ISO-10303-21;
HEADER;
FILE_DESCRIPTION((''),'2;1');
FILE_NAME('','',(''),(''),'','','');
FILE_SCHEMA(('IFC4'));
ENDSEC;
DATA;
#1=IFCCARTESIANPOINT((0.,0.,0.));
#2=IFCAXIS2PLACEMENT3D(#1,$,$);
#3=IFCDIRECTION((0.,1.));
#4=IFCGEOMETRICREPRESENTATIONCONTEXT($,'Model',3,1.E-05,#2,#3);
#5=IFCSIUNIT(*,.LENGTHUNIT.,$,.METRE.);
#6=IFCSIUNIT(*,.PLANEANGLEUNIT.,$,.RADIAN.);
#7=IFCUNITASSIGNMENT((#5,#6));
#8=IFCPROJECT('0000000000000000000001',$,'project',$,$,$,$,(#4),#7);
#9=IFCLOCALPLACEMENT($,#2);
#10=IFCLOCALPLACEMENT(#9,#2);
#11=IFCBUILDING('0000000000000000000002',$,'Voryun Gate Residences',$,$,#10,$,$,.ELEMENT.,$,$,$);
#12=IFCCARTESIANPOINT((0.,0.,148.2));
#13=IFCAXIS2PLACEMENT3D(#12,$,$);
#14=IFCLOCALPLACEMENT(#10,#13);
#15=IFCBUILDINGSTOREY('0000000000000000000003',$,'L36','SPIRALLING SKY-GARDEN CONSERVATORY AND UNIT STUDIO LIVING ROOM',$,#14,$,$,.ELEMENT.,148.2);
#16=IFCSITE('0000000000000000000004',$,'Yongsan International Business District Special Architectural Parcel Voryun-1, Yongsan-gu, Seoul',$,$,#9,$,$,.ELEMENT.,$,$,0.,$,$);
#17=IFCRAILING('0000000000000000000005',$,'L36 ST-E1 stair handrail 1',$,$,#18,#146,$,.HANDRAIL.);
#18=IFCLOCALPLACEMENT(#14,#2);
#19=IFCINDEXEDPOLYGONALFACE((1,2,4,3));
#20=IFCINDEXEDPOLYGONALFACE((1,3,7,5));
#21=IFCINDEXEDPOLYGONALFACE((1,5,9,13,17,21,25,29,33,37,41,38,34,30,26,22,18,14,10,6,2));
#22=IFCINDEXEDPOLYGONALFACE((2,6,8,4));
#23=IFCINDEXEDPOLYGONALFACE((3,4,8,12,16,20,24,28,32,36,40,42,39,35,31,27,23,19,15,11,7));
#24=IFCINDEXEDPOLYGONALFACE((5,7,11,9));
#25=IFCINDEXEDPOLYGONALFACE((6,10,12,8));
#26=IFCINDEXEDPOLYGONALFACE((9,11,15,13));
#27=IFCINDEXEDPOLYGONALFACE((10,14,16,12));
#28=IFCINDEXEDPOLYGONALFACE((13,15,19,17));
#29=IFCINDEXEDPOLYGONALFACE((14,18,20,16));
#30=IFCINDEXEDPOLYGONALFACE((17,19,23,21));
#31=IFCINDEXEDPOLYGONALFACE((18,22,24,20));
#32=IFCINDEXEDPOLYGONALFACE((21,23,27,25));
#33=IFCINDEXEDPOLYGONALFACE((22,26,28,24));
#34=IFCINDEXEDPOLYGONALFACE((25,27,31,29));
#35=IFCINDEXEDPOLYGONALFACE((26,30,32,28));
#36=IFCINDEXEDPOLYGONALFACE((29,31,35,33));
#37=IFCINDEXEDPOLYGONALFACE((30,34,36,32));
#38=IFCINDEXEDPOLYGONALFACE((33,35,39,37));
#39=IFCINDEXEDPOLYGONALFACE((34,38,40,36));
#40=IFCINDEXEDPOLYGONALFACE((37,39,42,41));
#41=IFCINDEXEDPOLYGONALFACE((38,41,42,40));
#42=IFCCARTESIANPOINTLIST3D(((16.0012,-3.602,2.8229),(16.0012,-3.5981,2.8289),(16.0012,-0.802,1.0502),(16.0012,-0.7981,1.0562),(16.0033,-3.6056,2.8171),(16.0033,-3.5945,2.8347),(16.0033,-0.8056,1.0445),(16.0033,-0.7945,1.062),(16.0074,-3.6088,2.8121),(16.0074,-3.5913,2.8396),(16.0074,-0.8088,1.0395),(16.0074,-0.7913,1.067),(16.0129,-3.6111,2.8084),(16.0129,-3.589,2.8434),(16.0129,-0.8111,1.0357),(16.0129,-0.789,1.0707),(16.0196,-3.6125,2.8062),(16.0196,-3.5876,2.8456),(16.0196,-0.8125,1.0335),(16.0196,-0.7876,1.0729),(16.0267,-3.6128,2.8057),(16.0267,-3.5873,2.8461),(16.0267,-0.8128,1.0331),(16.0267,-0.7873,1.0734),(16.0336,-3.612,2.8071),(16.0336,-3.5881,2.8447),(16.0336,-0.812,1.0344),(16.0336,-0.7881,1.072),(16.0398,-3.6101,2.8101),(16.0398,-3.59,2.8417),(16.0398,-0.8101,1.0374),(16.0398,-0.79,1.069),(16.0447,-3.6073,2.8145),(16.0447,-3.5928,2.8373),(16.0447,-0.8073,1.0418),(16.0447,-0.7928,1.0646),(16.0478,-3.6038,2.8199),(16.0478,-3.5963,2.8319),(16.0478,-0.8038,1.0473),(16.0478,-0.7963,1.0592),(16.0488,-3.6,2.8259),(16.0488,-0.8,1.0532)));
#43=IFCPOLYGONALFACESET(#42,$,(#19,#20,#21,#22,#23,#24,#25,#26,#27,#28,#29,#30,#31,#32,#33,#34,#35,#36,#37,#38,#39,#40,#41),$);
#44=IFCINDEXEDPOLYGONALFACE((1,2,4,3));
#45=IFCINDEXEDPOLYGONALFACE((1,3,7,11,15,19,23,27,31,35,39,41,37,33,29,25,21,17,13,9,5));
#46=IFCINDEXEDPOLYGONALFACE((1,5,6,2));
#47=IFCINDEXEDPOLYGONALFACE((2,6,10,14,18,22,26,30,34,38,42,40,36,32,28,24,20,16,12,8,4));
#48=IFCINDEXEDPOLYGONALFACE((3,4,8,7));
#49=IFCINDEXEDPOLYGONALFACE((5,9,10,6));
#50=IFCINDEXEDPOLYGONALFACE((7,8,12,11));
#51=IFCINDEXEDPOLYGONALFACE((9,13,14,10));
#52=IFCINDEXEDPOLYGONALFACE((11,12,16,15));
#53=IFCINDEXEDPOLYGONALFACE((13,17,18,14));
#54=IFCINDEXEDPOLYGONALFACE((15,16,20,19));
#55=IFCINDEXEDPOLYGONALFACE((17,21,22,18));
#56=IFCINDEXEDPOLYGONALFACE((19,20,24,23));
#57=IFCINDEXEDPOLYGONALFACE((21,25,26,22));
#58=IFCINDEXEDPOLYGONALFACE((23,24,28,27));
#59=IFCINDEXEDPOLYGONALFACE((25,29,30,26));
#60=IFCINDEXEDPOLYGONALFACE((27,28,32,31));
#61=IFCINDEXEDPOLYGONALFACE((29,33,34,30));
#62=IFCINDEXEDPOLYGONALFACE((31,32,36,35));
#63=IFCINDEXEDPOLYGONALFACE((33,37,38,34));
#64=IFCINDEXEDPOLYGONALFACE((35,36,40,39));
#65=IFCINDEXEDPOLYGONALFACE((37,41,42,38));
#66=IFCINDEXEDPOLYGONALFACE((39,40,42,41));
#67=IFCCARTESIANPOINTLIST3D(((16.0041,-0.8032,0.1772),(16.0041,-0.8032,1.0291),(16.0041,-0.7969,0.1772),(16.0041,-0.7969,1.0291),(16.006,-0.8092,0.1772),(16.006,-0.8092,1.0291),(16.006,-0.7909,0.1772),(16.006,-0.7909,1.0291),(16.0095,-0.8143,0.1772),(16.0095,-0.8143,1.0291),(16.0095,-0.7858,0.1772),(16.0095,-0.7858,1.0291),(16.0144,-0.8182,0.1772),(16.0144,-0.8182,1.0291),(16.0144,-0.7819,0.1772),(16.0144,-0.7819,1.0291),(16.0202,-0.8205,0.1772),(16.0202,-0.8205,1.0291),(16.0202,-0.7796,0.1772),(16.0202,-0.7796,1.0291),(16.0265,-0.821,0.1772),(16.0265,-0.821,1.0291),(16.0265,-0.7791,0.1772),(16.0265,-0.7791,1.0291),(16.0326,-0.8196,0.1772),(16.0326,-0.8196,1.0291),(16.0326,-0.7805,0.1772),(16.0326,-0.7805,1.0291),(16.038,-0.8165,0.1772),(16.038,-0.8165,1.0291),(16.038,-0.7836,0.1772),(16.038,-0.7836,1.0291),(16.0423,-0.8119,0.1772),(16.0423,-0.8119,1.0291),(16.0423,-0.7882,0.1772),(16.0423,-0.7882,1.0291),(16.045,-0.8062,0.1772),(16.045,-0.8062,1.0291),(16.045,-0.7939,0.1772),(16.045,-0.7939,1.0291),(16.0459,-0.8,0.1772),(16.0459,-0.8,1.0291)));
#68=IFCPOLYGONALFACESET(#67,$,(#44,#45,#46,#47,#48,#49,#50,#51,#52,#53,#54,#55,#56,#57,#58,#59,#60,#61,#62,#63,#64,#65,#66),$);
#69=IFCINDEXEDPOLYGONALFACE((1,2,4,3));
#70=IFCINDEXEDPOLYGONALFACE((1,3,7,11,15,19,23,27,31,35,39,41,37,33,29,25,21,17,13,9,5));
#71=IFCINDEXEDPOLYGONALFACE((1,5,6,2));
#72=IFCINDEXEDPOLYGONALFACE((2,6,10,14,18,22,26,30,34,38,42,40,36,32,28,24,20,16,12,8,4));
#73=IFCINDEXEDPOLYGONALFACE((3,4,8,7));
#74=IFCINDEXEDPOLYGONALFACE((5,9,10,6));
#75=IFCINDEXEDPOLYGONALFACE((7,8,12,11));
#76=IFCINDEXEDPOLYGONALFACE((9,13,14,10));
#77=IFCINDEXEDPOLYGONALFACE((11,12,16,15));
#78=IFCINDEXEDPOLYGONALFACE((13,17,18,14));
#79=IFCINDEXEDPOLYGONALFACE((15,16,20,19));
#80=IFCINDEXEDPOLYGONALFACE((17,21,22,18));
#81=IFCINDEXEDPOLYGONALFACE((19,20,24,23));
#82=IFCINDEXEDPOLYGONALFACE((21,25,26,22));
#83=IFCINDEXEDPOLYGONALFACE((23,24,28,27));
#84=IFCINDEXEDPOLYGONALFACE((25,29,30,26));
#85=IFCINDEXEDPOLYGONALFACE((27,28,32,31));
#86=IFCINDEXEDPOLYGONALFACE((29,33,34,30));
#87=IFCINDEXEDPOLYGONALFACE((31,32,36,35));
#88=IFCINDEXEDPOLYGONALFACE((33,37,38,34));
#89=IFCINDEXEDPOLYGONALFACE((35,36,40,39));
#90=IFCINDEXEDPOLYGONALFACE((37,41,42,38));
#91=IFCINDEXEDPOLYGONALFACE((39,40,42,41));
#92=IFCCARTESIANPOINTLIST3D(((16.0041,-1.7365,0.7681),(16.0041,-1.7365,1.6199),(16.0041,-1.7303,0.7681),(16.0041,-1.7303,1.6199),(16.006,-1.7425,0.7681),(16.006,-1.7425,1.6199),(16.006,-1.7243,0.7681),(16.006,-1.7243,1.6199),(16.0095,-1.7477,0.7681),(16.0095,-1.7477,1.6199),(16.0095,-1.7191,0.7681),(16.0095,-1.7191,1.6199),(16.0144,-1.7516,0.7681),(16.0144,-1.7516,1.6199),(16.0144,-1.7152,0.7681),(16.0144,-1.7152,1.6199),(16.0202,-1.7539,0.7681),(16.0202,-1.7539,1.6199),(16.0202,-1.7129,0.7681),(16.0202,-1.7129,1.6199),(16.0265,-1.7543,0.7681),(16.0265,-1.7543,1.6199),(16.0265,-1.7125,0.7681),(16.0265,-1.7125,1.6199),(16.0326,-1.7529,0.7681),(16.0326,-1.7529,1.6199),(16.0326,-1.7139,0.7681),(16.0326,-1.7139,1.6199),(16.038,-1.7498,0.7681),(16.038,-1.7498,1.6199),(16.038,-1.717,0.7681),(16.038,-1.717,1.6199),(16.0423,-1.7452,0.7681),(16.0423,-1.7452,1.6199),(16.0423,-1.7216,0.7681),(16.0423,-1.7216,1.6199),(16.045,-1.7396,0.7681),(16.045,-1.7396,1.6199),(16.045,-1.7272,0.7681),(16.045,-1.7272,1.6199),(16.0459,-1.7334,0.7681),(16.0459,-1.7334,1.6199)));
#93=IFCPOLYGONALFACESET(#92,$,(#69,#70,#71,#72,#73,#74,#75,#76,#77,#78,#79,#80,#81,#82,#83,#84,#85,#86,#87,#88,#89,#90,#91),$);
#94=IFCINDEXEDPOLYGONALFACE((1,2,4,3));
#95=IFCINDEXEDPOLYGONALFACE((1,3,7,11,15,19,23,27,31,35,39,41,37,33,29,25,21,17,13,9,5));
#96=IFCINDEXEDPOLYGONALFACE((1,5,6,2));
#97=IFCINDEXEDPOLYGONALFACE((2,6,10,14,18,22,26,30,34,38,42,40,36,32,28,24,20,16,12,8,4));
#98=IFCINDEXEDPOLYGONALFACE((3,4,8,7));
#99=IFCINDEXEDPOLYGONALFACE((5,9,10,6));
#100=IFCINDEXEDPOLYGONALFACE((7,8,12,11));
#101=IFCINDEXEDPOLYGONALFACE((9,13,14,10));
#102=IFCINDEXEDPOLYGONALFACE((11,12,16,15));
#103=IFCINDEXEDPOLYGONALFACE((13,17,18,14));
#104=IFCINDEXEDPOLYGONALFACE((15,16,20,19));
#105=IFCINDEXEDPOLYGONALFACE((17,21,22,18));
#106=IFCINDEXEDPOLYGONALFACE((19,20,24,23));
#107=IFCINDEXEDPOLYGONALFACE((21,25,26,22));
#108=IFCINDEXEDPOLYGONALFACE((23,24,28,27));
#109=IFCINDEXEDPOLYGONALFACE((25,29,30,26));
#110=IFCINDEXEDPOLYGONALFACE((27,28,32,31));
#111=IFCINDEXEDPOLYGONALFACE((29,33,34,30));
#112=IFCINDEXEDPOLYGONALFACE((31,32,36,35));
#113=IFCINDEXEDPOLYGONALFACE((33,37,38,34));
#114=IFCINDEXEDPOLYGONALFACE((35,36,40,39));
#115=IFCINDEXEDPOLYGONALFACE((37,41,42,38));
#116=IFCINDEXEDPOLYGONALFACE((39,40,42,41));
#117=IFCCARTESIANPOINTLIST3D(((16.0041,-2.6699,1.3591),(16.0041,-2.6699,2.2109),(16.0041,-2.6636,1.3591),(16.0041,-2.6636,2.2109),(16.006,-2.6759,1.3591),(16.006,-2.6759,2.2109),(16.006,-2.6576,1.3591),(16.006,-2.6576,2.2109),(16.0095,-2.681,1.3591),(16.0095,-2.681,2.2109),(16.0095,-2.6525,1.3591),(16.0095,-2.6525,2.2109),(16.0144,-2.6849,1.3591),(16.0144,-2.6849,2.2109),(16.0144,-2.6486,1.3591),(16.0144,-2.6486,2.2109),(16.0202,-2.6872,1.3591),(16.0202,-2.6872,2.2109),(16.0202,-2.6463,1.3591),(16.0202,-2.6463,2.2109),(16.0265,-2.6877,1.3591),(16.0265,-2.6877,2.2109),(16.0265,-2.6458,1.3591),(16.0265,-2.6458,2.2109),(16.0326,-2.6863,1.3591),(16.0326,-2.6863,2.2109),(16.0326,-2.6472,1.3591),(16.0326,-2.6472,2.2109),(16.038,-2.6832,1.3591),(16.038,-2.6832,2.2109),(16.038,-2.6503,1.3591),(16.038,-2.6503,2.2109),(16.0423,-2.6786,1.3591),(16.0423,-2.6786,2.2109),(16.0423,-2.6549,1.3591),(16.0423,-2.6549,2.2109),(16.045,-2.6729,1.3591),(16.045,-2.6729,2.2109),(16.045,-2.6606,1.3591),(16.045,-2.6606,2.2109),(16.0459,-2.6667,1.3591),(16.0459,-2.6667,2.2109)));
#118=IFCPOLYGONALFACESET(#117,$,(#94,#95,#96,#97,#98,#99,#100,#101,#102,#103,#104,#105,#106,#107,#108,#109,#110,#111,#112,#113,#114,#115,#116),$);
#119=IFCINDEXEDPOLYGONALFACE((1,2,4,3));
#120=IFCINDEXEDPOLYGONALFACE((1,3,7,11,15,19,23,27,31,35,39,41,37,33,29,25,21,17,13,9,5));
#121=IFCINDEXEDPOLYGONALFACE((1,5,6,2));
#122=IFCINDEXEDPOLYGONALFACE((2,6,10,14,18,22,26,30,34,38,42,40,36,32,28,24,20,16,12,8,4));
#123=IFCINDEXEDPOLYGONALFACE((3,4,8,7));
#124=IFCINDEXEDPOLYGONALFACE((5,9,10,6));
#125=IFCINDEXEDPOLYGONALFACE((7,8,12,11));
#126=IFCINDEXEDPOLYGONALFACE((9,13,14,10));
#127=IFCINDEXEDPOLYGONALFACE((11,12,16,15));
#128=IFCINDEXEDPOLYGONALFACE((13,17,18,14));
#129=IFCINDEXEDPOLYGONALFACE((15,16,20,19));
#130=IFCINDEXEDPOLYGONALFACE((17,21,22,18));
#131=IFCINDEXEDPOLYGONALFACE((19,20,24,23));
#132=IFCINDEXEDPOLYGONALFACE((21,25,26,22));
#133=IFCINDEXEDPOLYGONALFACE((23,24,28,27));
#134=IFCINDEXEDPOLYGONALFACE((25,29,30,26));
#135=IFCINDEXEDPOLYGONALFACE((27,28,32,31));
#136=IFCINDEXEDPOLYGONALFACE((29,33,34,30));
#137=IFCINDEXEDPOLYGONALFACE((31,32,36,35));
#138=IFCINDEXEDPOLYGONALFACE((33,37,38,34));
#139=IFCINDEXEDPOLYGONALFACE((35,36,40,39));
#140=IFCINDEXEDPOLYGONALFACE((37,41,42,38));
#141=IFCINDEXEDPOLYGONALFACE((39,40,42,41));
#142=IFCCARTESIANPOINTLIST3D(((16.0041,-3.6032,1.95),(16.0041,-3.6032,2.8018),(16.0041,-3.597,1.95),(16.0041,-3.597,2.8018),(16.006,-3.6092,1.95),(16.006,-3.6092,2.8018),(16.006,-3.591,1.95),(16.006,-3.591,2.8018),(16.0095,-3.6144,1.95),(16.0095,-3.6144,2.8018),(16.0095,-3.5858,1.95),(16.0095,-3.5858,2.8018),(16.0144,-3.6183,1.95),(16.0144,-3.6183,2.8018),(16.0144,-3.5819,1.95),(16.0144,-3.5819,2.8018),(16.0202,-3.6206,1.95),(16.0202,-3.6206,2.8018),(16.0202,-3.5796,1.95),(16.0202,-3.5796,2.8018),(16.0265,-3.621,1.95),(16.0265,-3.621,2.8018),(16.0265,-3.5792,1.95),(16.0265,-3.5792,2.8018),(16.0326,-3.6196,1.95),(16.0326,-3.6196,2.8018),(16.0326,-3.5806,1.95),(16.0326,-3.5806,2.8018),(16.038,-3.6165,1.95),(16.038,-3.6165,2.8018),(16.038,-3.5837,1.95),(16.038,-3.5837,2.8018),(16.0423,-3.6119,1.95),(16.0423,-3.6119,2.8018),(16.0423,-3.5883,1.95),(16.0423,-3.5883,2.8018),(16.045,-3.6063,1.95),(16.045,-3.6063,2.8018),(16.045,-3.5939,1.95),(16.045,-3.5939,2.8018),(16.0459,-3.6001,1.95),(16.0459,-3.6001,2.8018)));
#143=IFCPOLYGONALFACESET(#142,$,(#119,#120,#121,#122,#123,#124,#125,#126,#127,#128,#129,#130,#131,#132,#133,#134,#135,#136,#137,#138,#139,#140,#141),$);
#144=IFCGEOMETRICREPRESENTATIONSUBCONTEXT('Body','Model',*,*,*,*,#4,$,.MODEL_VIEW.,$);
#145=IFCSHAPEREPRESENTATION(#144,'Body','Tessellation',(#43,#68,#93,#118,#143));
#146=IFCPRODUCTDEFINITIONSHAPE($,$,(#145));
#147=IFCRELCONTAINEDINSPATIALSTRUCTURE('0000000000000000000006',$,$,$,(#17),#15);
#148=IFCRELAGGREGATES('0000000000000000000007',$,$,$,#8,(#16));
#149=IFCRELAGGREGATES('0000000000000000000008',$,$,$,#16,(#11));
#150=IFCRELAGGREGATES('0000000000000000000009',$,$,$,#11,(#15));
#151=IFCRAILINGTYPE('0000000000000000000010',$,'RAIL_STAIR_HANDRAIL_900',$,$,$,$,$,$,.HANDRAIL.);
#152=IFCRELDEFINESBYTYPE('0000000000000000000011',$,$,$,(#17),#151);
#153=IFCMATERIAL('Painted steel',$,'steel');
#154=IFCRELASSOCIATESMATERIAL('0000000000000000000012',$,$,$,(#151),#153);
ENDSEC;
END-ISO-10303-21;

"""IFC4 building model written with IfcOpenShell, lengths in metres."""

from ifc_helpers import new_model, si_unit, direction, frame, origin, origin_2d, place, context, subcontext, project, spatial, circle, extrude, material, type_object, element, save


model = new_model("IFC4")

# Units and contexts
model_context = context("Model", 3, precision=1e-05, world=origin(), true_north=direction((0.0, 1.0)))
body_context = subcontext(model_context, "Body", "Model", "MODEL_VIEW")
ifc_project = project(units=[si_unit("LENGTHUNIT", "METRE"), si_unit("PLANEANGLEUNIT", "RADIAN")], contexts=[model_context])

# Site, building, storey
site_placement = place(None, origin())
site = spatial("IfcSite", under=ifc_project, at=site_placement, Name="Yongsan International Business District Special Architectural Parcel Voryun-1, Yongsan-gu, Seoul", CompositionType="ELEMENT", RefElevation=0.0)
building_placement = place(site_placement, origin())
building = spatial("IfcBuilding", under=site, at=building_placement, Name="Voryun Gate Residences", CompositionType="ELEMENT")
storey_placement = place(building_placement, frame((0.0, 0.0, 148.2)))
storey = spatial("IfcBuildingStorey", under=building, at=storey_placement, Name="L36", Description="SPIRALLING SKY-GARDEN CONSERVATORY AND UNIT STUDIO LIVING ROOM", CompositionType="ELEMENT", Elevation=148.2)

# Railing
ifc_material_1 = material(Name="Painted steel", Category="steel")
railing_type_1 = type_object("IfcRailingType", Name="RAIL_STAIR_HANDRAIL_900", PredefinedType="HANDRAIL", material=ifc_material_1)
railing_1_placement = place(storey_placement, frame((16.0249, -0.8, 0.1772)))
element("IfcRailing", 1, at=railing_1_placement, inside=storey, type_object=railing_type_1, Name="L36 ST-E1 stair handrail 1", PredefinedType="HANDRAIL", context=body_context, shape_type="SweptSolid", body=[
    extrude(circle(Radius=0.0239, at=origin_2d()), frame((0.0, 0.0, 0.876), z_axis=(0.0, -0.844909, 0.53491), x_axis=(1.0, 0.0, 0.0)), (0.0, 0.0, 1.0), 3.314),
    extrude(circle(Radius=0.021, at=origin_2d()), origin(), (0.0, 0.0, 1.0), 0.8518),
    extrude(circle(Radius=0.021, at=origin_2d()), frame((0.0, -0.9333, 0.5908)), (0.0, 0.0, 1.0), 0.8518),
    extrude(circle(Radius=0.021, at=origin_2d()), frame((0.0, -1.8667, 1.1819)), (0.0, 0.0, 1.0), 0.8518),
    extrude(circle(Radius=0.021, at=origin_2d()), frame((0.0, -2.8, 1.7727)), (0.0, 0.0, 1.0), 0.8518),
])

save(model, "model.ifc")
